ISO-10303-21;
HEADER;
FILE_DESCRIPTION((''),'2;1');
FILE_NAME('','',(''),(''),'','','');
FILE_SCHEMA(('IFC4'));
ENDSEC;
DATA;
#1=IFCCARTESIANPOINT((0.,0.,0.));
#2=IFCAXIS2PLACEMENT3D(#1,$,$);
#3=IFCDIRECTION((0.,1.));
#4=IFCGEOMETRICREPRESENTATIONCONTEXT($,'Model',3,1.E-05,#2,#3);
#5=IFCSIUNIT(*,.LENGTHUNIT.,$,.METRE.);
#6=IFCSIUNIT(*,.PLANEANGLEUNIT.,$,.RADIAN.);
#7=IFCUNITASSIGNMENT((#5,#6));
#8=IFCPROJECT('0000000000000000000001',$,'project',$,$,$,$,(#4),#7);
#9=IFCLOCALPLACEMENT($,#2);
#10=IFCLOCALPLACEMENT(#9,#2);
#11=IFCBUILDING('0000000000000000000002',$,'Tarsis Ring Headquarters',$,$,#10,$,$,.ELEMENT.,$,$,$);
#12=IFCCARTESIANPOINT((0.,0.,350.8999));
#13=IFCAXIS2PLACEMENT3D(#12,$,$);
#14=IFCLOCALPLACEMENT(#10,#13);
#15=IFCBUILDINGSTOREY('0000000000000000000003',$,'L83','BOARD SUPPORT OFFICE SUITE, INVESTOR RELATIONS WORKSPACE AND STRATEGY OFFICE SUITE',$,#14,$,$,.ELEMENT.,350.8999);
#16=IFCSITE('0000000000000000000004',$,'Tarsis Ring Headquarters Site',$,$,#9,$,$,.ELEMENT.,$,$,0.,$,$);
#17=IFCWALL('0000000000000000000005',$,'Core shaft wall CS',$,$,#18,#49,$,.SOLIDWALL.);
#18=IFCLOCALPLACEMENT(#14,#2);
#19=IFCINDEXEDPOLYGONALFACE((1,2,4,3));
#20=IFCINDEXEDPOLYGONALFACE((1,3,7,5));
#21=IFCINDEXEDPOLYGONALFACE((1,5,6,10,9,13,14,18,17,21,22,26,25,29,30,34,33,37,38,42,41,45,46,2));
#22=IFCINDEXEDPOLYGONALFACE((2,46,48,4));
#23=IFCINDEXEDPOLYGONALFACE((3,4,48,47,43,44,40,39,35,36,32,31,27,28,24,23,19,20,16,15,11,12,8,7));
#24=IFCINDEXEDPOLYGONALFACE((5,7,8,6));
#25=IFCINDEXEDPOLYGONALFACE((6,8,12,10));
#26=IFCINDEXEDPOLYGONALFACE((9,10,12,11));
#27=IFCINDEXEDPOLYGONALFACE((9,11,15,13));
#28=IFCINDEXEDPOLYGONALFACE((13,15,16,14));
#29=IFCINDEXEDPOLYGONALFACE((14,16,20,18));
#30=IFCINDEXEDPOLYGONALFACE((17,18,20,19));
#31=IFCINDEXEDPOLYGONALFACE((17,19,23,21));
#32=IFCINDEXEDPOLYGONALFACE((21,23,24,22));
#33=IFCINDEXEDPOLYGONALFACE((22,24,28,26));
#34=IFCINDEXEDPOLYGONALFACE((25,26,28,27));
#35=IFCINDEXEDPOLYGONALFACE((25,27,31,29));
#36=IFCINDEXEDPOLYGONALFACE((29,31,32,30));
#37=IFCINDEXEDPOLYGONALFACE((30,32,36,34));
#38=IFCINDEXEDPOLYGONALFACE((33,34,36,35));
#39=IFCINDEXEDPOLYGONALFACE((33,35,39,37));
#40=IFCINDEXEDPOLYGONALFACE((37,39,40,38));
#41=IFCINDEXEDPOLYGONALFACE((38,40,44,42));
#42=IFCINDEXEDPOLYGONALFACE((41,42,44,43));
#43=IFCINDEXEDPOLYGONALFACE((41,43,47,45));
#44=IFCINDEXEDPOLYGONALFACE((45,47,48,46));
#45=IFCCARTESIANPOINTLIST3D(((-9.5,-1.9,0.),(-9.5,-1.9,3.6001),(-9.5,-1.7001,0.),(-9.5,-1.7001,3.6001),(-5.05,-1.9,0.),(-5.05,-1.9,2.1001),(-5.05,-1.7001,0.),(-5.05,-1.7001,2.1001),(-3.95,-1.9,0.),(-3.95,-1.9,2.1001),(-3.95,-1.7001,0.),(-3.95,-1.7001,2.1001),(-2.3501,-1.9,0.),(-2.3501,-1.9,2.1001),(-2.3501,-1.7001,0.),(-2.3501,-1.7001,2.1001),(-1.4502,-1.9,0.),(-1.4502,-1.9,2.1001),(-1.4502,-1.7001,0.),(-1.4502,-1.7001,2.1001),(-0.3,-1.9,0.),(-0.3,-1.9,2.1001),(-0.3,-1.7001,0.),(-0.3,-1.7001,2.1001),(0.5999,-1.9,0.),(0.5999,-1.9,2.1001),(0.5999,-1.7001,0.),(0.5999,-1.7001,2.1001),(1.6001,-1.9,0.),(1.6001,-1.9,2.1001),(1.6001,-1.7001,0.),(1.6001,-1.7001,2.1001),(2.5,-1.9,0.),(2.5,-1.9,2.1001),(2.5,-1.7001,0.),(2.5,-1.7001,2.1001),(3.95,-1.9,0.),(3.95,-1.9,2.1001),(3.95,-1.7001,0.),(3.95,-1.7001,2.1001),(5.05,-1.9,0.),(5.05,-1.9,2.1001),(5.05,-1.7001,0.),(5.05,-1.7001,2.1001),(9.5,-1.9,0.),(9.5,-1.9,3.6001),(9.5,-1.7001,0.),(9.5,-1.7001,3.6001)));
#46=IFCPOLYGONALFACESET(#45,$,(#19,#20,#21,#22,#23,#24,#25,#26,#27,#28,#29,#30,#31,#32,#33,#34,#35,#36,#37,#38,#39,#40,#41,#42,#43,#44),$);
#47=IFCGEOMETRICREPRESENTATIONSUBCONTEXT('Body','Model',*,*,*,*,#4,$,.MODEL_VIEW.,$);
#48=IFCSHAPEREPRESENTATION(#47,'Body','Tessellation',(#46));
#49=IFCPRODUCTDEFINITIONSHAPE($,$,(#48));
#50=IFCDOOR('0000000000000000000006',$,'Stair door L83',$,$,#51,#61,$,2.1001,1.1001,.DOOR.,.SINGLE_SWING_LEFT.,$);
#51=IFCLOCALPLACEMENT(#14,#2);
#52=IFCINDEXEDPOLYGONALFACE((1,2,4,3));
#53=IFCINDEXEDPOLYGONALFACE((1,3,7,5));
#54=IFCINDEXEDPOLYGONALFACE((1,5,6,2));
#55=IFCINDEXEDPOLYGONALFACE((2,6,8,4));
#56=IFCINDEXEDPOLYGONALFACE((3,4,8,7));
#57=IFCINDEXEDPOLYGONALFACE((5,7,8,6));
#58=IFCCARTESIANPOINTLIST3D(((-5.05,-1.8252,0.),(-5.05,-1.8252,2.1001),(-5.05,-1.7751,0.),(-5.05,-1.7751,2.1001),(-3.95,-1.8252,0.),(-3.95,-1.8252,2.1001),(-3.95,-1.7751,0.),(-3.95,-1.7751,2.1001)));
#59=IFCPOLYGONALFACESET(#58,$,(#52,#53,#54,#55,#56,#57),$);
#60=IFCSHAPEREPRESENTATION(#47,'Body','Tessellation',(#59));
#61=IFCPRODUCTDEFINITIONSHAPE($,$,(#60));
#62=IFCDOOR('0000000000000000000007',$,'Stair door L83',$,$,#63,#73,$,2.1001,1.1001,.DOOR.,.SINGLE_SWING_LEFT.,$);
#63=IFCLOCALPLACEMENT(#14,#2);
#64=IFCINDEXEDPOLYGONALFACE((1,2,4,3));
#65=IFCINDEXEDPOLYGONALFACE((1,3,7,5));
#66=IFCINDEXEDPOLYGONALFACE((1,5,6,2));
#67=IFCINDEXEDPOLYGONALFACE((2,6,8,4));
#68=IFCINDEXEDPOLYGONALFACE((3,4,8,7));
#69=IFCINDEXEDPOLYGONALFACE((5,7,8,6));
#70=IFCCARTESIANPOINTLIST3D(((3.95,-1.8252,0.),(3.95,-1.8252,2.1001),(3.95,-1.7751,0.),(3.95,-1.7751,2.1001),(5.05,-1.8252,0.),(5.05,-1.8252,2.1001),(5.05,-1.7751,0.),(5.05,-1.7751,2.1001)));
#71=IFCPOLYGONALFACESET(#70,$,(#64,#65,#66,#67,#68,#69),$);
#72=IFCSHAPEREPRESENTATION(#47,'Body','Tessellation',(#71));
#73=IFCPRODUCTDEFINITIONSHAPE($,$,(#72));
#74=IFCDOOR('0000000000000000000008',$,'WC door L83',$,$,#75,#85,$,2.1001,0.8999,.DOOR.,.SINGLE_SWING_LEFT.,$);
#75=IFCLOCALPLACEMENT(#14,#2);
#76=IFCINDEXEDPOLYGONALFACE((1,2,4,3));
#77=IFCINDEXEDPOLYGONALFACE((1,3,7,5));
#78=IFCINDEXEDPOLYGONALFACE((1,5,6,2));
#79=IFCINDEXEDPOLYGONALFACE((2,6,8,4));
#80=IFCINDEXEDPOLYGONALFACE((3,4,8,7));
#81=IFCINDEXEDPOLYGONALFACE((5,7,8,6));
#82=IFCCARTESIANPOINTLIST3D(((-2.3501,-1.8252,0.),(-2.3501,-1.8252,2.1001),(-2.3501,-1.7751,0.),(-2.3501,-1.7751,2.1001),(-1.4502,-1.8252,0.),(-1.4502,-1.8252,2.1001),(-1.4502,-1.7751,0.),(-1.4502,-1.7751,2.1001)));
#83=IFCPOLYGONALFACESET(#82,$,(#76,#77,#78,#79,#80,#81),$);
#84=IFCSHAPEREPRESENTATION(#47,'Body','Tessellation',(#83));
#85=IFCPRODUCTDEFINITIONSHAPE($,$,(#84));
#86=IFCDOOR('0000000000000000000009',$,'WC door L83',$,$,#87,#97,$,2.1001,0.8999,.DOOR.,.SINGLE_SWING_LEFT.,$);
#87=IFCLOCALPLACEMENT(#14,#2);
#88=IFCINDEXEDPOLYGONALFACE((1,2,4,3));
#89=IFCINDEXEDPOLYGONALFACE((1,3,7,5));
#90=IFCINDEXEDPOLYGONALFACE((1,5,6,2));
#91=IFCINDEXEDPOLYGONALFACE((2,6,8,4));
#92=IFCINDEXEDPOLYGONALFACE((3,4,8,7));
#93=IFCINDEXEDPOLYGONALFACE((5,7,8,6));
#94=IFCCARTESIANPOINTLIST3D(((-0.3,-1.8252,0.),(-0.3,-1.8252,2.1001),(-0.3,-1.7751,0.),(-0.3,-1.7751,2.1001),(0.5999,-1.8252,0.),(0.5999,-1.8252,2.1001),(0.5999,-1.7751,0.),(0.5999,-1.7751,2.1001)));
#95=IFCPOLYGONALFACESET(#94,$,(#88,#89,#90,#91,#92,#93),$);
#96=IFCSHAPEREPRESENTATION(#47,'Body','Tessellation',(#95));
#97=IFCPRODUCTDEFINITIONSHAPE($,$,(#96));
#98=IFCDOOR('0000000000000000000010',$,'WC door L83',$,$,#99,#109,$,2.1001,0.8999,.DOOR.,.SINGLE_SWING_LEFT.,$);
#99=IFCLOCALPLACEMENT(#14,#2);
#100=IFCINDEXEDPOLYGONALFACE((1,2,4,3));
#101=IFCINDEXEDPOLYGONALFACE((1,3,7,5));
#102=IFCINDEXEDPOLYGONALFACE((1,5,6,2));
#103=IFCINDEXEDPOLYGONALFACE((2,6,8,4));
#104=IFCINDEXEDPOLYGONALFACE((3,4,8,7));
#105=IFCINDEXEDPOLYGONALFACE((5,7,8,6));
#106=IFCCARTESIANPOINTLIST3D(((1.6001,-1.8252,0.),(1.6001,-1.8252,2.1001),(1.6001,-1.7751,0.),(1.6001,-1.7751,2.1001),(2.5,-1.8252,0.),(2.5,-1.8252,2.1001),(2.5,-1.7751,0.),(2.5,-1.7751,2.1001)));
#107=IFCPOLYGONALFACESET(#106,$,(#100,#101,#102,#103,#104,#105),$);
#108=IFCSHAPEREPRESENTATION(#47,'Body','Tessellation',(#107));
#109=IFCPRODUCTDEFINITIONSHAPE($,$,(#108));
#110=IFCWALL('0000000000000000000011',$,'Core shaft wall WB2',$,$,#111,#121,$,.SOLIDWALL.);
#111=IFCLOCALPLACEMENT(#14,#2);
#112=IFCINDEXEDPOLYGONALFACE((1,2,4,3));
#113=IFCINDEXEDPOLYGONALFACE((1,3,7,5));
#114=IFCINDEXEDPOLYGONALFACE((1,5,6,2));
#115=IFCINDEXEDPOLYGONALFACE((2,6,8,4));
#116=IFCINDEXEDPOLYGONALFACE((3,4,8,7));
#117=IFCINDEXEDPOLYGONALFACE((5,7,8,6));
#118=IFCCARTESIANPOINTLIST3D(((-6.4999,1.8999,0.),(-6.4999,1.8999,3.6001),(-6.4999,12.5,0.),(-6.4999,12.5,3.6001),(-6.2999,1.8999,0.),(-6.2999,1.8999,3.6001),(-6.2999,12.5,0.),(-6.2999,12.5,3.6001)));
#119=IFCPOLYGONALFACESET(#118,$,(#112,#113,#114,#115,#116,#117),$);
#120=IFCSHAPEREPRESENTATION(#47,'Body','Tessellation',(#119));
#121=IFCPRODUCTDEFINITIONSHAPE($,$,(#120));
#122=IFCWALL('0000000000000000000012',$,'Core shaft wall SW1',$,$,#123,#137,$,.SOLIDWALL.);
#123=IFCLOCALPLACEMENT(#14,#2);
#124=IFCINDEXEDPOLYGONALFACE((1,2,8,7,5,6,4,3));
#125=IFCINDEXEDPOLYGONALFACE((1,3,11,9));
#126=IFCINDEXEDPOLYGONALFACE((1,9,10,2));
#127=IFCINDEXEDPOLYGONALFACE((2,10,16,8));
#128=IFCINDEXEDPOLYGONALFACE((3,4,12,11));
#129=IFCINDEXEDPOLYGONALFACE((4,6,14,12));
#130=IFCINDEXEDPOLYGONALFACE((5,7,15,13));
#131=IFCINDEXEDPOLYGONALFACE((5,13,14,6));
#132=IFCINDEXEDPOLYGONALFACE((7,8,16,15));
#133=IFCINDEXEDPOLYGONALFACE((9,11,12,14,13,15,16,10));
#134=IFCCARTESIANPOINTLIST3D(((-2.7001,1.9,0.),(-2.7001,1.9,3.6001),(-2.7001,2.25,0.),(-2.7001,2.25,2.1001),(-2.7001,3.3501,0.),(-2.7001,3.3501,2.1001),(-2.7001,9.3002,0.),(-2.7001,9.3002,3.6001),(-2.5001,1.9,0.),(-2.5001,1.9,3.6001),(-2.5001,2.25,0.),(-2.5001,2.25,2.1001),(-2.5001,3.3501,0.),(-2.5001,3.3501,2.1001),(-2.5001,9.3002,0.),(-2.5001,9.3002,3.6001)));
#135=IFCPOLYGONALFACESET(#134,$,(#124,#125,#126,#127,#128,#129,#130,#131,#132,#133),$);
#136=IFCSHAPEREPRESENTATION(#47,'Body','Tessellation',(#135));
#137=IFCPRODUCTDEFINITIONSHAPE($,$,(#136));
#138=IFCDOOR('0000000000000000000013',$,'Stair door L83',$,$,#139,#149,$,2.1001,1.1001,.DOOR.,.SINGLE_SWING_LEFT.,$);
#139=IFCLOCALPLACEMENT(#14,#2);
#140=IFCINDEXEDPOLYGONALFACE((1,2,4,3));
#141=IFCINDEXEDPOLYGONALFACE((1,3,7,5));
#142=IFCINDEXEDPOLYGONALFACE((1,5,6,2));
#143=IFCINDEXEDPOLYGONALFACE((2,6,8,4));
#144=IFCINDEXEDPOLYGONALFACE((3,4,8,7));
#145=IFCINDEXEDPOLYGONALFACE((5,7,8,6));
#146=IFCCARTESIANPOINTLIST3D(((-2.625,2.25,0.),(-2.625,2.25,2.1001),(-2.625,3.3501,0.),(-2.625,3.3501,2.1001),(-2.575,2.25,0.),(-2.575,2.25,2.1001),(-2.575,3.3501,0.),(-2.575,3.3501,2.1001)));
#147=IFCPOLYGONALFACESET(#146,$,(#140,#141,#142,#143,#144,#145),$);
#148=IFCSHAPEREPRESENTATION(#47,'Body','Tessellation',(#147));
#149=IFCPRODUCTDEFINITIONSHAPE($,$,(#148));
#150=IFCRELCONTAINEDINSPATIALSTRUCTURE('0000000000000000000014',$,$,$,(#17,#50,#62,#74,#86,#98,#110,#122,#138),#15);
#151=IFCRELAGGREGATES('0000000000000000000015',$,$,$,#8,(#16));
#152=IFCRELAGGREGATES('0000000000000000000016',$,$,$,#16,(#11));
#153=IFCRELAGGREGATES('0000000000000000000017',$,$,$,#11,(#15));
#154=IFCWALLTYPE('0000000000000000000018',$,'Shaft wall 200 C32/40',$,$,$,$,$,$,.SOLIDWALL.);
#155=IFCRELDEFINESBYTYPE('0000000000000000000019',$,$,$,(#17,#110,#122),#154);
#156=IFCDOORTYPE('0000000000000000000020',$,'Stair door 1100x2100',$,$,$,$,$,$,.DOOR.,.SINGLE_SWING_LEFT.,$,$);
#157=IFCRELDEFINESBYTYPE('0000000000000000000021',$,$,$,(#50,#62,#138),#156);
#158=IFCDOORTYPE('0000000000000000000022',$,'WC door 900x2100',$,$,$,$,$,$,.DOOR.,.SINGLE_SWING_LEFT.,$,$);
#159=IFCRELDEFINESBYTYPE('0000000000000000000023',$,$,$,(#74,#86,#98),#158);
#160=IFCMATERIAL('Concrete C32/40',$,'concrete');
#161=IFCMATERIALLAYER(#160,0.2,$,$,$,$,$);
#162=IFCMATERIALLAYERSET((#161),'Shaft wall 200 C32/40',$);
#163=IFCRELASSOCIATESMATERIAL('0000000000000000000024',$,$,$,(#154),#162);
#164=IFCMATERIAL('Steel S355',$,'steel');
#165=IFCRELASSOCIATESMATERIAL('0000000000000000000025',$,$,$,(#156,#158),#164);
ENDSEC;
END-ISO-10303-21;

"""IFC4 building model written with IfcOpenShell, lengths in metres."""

from ifc_helpers import new_model, si_unit, direction, frame, frame_2d, origin, place, context, subcontext, project, spatial, rectangle, extrude, material, layer, layer_set, type_object, element, fill, save


model = new_model("IFC4")

# Units and contexts
model_context = context("Model", 3, precision=1e-05, world=origin(), true_north=direction((0.0, 1.0)))
body_context = subcontext(model_context, "Body", "Model", "MODEL_VIEW")
ifc_project = project(units=[si_unit("LENGTHUNIT", "METRE"), si_unit("PLANEANGLEUNIT", "RADIAN")], contexts=[model_context])

# Site, building, storey
site_placement = place(None, origin())
site = spatial("IfcSite", under=ifc_project, at=site_placement, Name="Tarsis Ring Headquarters Site", CompositionType="ELEMENT", RefElevation=0.0)
building_placement = place(site_placement, origin())
building = spatial("IfcBuilding", under=site, at=building_placement, Name="Tarsis Ring Headquarters", CompositionType="ELEMENT")
storey_placement = place(building_placement, frame((0.0, 0.0, 350.8999)))
storey = spatial("IfcBuildingStorey", under=building, at=storey_placement, Name="L83", Description="BOARD SUPPORT OFFICE SUITE, INVESTOR RELATIONS WORKSPACE AND STRATEGY OFFICE SUITE", CompositionType="ELEMENT", Elevation=350.8999)

# Wall, openings, doors
ifc_material_1 = material(Name="Concrete C32/40", Category="concrete")
ifc_layer_1 = layer(ifc_material_1, 0.2)
ifc_layer_set_1 = layer_set([ifc_layer_1], Name="Shaft wall 200 C32/40")
wall_type = type_object("IfcWallType", Name="Shaft wall 200 C32/40", PredefinedType="SOLIDWALL", material=ifc_layer_set_1)
ifc_material_2 = material(Name="Steel S355", Category="steel")
door_type_1 = type_object("IfcDoorType", Name="Stair door 1100x2100", OperationType="SINGLE_SWING_LEFT", PredefinedType="DOOR", material=ifc_material_2)
wall_1_placement = place(storey_placement, frame((-9.5, -1.8, 0.0), z_axis=(0.0, 0.0, 1.0), x_axis=(1.0, 0.0, 0.0)))
wall_1 = element("IfcWall", 1, at=wall_1_placement, inside=storey, type_object=wall_type, Name="Core shaft wall CS", PredefinedType="SOLIDWALL", context=body_context, shape_type="SweptSolid", body=[
    extrude(rectangle(XDim=19.0, YDim=0.2, at=frame_2d((9.5, 0.0))), origin(), (0.0, 0.0, 1.0), 3.6001),
])
opening_1_placement = place(wall_1_placement, frame((4.45, 0.0, 0.0)))
opening_1 = element("IfcOpeningElement", 2, at=opening_1_placement, cuts=wall_1, PredefinedType="OPENING", context=body_context, shape_type="SweptSolid", body=[
    extrude(rectangle(XDim=1.1001, YDim=2.1001, at=frame_2d((0.55, 1.05))), frame((0.0, 0.1099, 0.0), z_axis=(0.0, -1.0, 0.0), x_axis=(1.0, 0.0, 0.0)), (0.0, 0.0, 1.0), 0.22),
])
opening_2_placement = place(wall_1_placement, frame((7.1499, 0.0, 0.0)))
opening_2 = element("IfcOpeningElement", 3, at=opening_2_placement, cuts=wall_1, PredefinedType="OPENING", context=body_context, shape_type="SweptSolid", body=[
    extrude(rectangle(XDim=0.8999, YDim=2.1001, at=frame_2d((0.45, 1.05))), frame((0.0, 0.1099, 0.0), z_axis=(0.0, -1.0, 0.0), x_axis=(1.0, 0.0, 0.0)), (0.0, 0.0, 1.0), 0.22),
])
opening_3_placement = place(wall_1_placement, frame((9.2, 0.0, 0.0)))
opening_3 = element("IfcOpeningElement", 4, at=opening_3_placement, cuts=wall_1, PredefinedType="OPENING", context=body_context, shape_type="SweptSolid", body=[
    extrude(rectangle(XDim=0.8999, YDim=2.1001, at=frame_2d((0.45, 1.05))), frame((0.0, 0.1099, 0.0), z_axis=(0.0, -1.0, 0.0), x_axis=(1.0, 0.0, 0.0)), (0.0, 0.0, 1.0), 0.22),
])
opening_4_placement = place(wall_1_placement, frame((11.1001, 0.0, 0.0)))
opening_4 = element("IfcOpeningElement", 5, at=opening_4_placement, cuts=wall_1, PredefinedType="OPENING", context=body_context, shape_type="SweptSolid", body=[
    extrude(rectangle(XDim=0.8999, YDim=2.1001, at=frame_2d((0.45, 1.05))), frame((0.0, 0.1099, 0.0), z_axis=(0.0, -1.0, 0.0), x_axis=(1.0, 0.0, 0.0)), (0.0, 0.0, 1.0), 0.22),
])
opening_5_placement = place(wall_1_placement, frame((13.45, 0.0, 0.0)))
opening_5 = element("IfcOpeningElement", 6, at=opening_5_placement, cuts=wall_1, PredefinedType="OPENING", context=body_context, shape_type="SweptSolid", body=[
    extrude(rectangle(XDim=1.1001, YDim=2.1001, at=frame_2d((0.55, 1.05))), frame((0.0, 0.1099, 0.0), z_axis=(0.0, -1.0, 0.0), x_axis=(1.0, 0.0, 0.0)), (0.0, 0.0, 1.0), 0.22),
])
door_1_placement = place(opening_1_placement, origin())
door_1 = element("IfcDoor", 7, at=door_1_placement, inside=storey, type_object=door_type_1, Name="Stair door L83", OperationType="SINGLE_SWING_LEFT", OverallHeight=2.1001, OverallWidth=1.1001, PredefinedType="DOOR", context=body_context, shape_type="SweptSolid", body=[
    extrude(rectangle(XDim=1.1001, YDim=2.1001, at=frame_2d((0.55, 1.05))), frame((0.0, 0.0249, 0.0), z_axis=(0.0, -1.0, 0.0), x_axis=(1.0, 0.0, 0.0)), (0.0, 0.0, 1.0), 0.05),
])
fill(opening_1, door_1)
door_2_placement = place(opening_5_placement, origin())
door_2 = element("IfcDoor", 8, at=door_2_placement, inside=storey, type_object=door_type_1, Name="Stair door L83", OperationType="SINGLE_SWING_LEFT", OverallHeight=2.1001, OverallWidth=1.1001, PredefinedType="DOOR", context=body_context, shape_type="SweptSolid", body=[
    extrude(rectangle(XDim=1.1001, YDim=2.1001, at=frame_2d((0.55, 1.05))), frame((0.0, 0.0249, 0.0), z_axis=(0.0, -1.0, 0.0), x_axis=(1.0, 0.0, 0.0)), (0.0, 0.0, 1.0), 0.05),
])
fill(opening_5, door_2)
door_type_2 = type_object("IfcDoorType", Name="WC door 900x2100", OperationType="SINGLE_SWING_LEFT", PredefinedType="DOOR", material=ifc_material_2)
door_3_placement = place(opening_2_placement, origin())
door_3 = element("IfcDoor", 9, at=door_3_placement, inside=storey, type_object=door_type_2, Name="WC door L83", OperationType="SINGLE_SWING_LEFT", OverallHeight=2.1001, OverallWidth=0.8999, PredefinedType="DOOR", context=body_context, shape_type="SweptSolid", body=[
    extrude(rectangle(XDim=0.8999, YDim=2.1001, at=frame_2d((0.45, 1.05))), frame((0.0, 0.0249, 0.0), z_axis=(0.0, -1.0, 0.0), x_axis=(1.0, 0.0, 0.0)), (0.0, 0.0, 1.0), 0.05),
])
fill(opening_2, door_3)
door_4_placement = place(opening_3_placement, origin())
door_4 = element("IfcDoor", 10, at=door_4_placement, inside=storey, type_object=door_type_2, Name="WC door L83", OperationType="SINGLE_SWING_LEFT", OverallHeight=2.1001, OverallWidth=0.8999, PredefinedType="DOOR", context=body_context, shape_type="SweptSolid", body=[
    extrude(rectangle(XDim=0.8999, YDim=2.1001, at=frame_2d((0.45, 1.05))), frame((0.0, 0.0249, 0.0), z_axis=(0.0, -1.0, 0.0), x_axis=(1.0, 0.0, 0.0)), (0.0, 0.0, 1.0), 0.05),
])
fill(opening_3, door_4)
door_5_placement = place(opening_4_placement, origin())
door_5 = element("IfcDoor", 11, at=door_5_placement, inside=storey, type_object=door_type_2, Name="WC door L83", OperationType="SINGLE_SWING_LEFT", OverallHeight=2.1001, OverallWidth=0.8999, PredefinedType="DOOR", context=body_context, shape_type="SweptSolid", body=[
    extrude(rectangle(XDim=0.8999, YDim=2.1001, at=frame_2d((0.45, 1.05))), frame((0.0, 0.0249, 0.0), z_axis=(0.0, -1.0, 0.0), x_axis=(1.0, 0.0, 0.0)), (0.0, 0.0, 1.0), 0.05),
])
fill(opening_4, door_5)

# Wall
wall_2_placement = place(storey_placement, frame((-6.3999, 1.8999, 0.0), z_axis=(0.0, 0.0, 1.0), x_axis=(0.0, 1.0, 0.0)))
element("IfcWall", 12, at=wall_2_placement, inside=storey, type_object=wall_type, Name="Core shaft wall WB2", PredefinedType="SOLIDWALL", context=body_context, shape_type="SweptSolid", body=[
    extrude(rectangle(XDim=10.6001, YDim=0.2, at=frame_2d((5.3, 0.0))), origin(), (0.0, 0.0, 1.0), 3.6001),
])

# Wall, opening, door
wall_3_placement = place(storey_placement, frame((-2.6001, 1.8999, 0.0), z_axis=(0.0, 0.0, 1.0), x_axis=(0.0, 1.0, 0.0)))
wall_3 = element("IfcWall", 13, at=wall_3_placement, inside=storey, type_object=wall_type, Name="Core shaft wall SW1", PredefinedType="SOLIDWALL", context=body_context, shape_type="SweptSolid", body=[
    extrude(rectangle(XDim=7.4001, YDim=0.2, at=frame_2d((3.7002, 0.0))), origin(), (0.0, 0.0, 1.0), 3.6001),
])
opening_6_placement = place(wall_3_placement, frame((0.3501, 0.0, 0.0)))
opening_6 = element("IfcOpeningElement", 14, at=opening_6_placement, cuts=wall_3, PredefinedType="OPENING", context=body_context, shape_type="SweptSolid", body=[
    extrude(rectangle(XDim=1.1001, YDim=2.1001, at=frame_2d((0.55, 1.05))), frame((0.0, 0.1099, 0.0), z_axis=(0.0, -1.0, 0.0), x_axis=(1.0, 0.0, 0.0)), (0.0, 0.0, 1.0), 0.22),
])
door_6_placement = place(opening_6_placement, origin())
door_6 = element("IfcDoor", 15, at=door_6_placement, inside=storey, type_object=door_type_1, Name="Stair door L83", OperationType="SINGLE_SWING_LEFT", OverallHeight=2.1001, OverallWidth=1.1001, PredefinedType="DOOR", context=body_context, shape_type="SweptSolid", body=[
    extrude(rectangle(XDim=1.1001, YDim=2.1001, at=frame_2d((0.55, 1.05))), frame((0.0, 0.0249, 0.0), z_axis=(0.0, -1.0, 0.0), x_axis=(1.0, 0.0, 0.0)), (0.0, 0.0, 1.0), 0.05),
])
fill(opening_6, door_6)

save(model, "model.ifc")
